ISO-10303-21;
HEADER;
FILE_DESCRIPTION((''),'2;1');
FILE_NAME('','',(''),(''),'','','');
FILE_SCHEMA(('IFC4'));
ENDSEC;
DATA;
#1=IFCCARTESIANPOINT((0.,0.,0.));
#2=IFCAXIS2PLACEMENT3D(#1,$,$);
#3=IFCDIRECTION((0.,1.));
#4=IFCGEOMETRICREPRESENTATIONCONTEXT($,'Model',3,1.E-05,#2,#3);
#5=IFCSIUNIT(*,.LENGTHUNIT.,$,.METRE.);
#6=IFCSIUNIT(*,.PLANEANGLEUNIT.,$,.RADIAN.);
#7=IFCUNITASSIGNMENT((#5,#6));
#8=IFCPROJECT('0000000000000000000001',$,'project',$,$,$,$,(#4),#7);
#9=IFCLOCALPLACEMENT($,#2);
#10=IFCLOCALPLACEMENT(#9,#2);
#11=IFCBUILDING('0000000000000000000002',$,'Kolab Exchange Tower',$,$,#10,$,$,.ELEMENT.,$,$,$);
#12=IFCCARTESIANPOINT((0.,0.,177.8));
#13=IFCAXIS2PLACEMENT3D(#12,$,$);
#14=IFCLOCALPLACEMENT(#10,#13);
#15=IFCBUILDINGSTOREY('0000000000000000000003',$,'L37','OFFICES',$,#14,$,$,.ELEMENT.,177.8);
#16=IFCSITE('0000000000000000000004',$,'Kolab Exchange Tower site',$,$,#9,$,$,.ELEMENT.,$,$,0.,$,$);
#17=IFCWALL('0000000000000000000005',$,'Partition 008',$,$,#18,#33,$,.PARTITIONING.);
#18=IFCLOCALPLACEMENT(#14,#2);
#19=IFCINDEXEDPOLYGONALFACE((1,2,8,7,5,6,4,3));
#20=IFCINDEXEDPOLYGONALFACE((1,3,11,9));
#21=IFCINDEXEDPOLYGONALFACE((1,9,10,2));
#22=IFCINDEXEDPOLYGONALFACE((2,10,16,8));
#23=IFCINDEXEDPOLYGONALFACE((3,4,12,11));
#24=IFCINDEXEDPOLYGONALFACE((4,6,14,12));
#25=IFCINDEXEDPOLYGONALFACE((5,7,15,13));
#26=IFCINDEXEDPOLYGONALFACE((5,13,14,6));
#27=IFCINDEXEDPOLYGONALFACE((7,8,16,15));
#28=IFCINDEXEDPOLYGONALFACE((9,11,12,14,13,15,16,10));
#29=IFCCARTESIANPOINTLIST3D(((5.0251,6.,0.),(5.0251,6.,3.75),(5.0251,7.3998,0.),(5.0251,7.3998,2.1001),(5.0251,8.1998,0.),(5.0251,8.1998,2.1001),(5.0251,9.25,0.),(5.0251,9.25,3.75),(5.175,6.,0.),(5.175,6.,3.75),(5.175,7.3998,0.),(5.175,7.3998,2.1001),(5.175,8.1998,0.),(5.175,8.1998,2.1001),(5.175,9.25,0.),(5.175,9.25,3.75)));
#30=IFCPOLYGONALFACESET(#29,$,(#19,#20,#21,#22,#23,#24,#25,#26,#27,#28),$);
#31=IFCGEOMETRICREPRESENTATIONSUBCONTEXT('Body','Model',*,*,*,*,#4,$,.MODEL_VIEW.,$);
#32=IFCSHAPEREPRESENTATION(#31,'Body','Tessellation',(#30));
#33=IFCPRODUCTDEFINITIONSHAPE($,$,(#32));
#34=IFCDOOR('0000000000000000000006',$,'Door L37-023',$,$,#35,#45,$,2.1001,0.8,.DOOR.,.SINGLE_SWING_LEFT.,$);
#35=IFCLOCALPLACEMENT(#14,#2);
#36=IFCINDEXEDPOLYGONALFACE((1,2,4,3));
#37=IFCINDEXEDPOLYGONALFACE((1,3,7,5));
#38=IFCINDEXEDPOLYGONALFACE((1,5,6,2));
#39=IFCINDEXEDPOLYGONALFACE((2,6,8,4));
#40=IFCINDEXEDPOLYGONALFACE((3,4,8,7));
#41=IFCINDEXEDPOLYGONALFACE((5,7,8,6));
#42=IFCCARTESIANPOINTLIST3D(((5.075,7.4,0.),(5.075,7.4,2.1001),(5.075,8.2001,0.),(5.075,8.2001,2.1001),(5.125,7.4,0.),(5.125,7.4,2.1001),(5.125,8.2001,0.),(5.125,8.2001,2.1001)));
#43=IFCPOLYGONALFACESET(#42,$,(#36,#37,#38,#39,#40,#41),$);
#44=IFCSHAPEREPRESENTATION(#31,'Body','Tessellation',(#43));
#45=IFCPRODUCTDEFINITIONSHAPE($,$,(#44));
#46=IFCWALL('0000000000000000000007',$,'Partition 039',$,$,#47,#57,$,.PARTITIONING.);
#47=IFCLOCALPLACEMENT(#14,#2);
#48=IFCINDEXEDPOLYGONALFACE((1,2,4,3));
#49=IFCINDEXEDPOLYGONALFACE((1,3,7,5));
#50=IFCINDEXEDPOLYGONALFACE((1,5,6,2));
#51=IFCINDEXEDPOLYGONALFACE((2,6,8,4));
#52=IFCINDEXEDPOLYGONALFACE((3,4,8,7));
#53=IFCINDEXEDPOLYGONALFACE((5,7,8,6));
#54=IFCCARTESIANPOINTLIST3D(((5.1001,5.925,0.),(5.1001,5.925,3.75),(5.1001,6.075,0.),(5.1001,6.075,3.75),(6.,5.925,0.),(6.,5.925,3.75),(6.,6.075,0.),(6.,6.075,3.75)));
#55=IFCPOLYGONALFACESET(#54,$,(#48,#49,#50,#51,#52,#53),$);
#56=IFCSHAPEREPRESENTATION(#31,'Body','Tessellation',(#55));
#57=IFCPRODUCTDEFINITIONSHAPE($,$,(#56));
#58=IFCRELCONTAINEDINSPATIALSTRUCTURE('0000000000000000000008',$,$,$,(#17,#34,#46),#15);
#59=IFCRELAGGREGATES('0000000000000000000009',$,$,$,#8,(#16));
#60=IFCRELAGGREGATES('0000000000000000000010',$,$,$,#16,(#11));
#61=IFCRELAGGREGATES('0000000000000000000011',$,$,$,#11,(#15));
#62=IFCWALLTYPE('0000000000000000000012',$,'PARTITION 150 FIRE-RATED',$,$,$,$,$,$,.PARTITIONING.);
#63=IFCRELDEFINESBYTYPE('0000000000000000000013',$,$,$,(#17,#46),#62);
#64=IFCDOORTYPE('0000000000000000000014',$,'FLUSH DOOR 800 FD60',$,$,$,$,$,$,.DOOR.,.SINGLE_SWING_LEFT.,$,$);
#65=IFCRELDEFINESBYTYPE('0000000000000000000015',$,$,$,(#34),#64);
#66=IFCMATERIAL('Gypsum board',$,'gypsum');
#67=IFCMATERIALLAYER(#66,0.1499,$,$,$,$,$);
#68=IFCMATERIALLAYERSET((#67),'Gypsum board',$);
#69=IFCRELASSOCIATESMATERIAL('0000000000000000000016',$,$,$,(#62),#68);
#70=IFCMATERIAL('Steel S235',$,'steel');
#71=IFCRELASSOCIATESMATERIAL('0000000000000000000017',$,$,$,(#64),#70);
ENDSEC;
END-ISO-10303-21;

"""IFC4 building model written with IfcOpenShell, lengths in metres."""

from ifc_helpers import new_model, si_unit, direction, frame, frame_2d, origin, place, context, subcontext, project, spatial, rectangle, extrude, material, layer, layer_set, type_object, element, fill, save


model = new_model("IFC4")

# Units and contexts
model_context = context("Model", 3, precision=1e-05, world=origin(), true_north=direction((0.0, 1.0)))
body_context = subcontext(model_context, "Body", "Model", "MODEL_VIEW")
ifc_project = project(units=[si_unit("LENGTHUNIT", "METRE"), si_unit("PLANEANGLEUNIT", "RADIAN")], contexts=[model_context])

# Site, building, storey
site_placement = place(None, origin())
site = spatial("IfcSite", under=ifc_project, at=site_placement, Name="Kolab Exchange Tower site", CompositionType="ELEMENT", RefElevation=0.0)
building_placement = place(site_placement, origin())
building = spatial("IfcBuilding", under=site, at=building_placement, Name="Kolab Exchange Tower", CompositionType="ELEMENT")
storey_placement = place(building_placement, frame((0.0, 0.0, 177.8)))
storey = spatial("IfcBuildingStorey", under=building, at=storey_placement, Name="L37", Description="OFFICES", CompositionType="ELEMENT", Elevation=177.8)

# Shared definitions
ifc_material_1 = material(Name="Gypsum board", Category="gypsum")

# Wall, opening, door
ifc_layer_1 = layer(ifc_material_1, 0.1499)
ifc_layer_set_1 = layer_set([ifc_layer_1], Name="Gypsum board")
wall_type_1 = type_object("IfcWallType", Name="PARTITION 150 FIRE-RATED", PredefinedType="PARTITIONING", material=ifc_layer_set_1)
wall_1_placement = place(storey_placement, frame((5.1001, 6.0, 0.0), z_axis=(0.0, 0.0, 1.0), x_axis=(0.0, 1.0, 0.0)))
wall_1 = element("IfcWall", 1, at=wall_1_placement, inside=storey, type_object=wall_type_1, Name="Partition 008", PredefinedType="PARTITIONING", context=body_context, shape_type="SweptSolid", body=[
    extrude(rectangle(XDim=3.25, YDim=0.1499, at=frame_2d((1.625, 0.0))), origin(), (0.0, 0.0, 1.0), 3.75),
])
opening_1_placement = place(wall_1_placement, frame((1.3999, 0.0, 0.0)))
opening_1 = element("IfcOpeningElement", 2, at=opening_1_placement, cuts=wall_1, PredefinedType="OPENING", context=body_context, shape_type="SweptSolid", body=[
    extrude(rectangle(XDim=0.8, YDim=2.1001, at=frame_2d((0.3999, 1.05))), frame((0.0, 0.085, 0.0), z_axis=(0.0, -1.0, 0.0), x_axis=(1.0, 0.0, 0.0)), (0.0, 0.0, 1.0), 0.1699),
])
ifc_material_2 = material(Name="Steel S235", Category="steel")
door_type_1 = type_object("IfcDoorType", Name="FLUSH DOOR 800 FD60", OperationType="SINGLE_SWING_LEFT", PredefinedType="DOOR", material=ifc_material_2)
door_1_placement = place(opening_1_placement, frame((0.8, 0.0, 0.0), z_axis=(0.0, 0.0, 1.0), x_axis=(-1.0, 0.0, 0.0)))
door_1 = element("IfcDoor", 3, at=door_1_placement, inside=storey, type_object=door_type_1, Name="Door L37-023", OperationType="SINGLE_SWING_LEFT", OverallHeight=2.1001, OverallWidth=0.8, PredefinedType="DOOR", context=body_context, shape_type="SweptSolid", body=[
    extrude(rectangle(XDim=0.8, YDim=2.1001, at=frame_2d((0.3999, 1.05))), frame((0.0, 0.0249, 0.0), z_axis=(0.0, -1.0, 0.0), x_axis=(1.0, 0.0, 0.0)), (0.0, 0.0, 1.0), 0.05),
])
fill(opening_1, door_1)

# Wall
wall_2_placement = place(storey_placement, frame((5.1001, 6.0, 0.0), z_axis=(0.0, 0.0, 1.0), x_axis=(1.0, 0.0, 0.0)))
element("IfcWall", 4, at=wall_2_placement, inside=storey, type_object=wall_type_1, Name="Partition 039", PredefinedType="PARTITIONING", context=body_context, shape_type="SweptSolid", body=[
    extrude(rectangle(XDim=0.8999, YDim=0.1499, at=frame_2d((0.45, 0.0))), origin(), (0.0, 0.0, 1.0), 3.75),
])

save(model, "model.ifc")
